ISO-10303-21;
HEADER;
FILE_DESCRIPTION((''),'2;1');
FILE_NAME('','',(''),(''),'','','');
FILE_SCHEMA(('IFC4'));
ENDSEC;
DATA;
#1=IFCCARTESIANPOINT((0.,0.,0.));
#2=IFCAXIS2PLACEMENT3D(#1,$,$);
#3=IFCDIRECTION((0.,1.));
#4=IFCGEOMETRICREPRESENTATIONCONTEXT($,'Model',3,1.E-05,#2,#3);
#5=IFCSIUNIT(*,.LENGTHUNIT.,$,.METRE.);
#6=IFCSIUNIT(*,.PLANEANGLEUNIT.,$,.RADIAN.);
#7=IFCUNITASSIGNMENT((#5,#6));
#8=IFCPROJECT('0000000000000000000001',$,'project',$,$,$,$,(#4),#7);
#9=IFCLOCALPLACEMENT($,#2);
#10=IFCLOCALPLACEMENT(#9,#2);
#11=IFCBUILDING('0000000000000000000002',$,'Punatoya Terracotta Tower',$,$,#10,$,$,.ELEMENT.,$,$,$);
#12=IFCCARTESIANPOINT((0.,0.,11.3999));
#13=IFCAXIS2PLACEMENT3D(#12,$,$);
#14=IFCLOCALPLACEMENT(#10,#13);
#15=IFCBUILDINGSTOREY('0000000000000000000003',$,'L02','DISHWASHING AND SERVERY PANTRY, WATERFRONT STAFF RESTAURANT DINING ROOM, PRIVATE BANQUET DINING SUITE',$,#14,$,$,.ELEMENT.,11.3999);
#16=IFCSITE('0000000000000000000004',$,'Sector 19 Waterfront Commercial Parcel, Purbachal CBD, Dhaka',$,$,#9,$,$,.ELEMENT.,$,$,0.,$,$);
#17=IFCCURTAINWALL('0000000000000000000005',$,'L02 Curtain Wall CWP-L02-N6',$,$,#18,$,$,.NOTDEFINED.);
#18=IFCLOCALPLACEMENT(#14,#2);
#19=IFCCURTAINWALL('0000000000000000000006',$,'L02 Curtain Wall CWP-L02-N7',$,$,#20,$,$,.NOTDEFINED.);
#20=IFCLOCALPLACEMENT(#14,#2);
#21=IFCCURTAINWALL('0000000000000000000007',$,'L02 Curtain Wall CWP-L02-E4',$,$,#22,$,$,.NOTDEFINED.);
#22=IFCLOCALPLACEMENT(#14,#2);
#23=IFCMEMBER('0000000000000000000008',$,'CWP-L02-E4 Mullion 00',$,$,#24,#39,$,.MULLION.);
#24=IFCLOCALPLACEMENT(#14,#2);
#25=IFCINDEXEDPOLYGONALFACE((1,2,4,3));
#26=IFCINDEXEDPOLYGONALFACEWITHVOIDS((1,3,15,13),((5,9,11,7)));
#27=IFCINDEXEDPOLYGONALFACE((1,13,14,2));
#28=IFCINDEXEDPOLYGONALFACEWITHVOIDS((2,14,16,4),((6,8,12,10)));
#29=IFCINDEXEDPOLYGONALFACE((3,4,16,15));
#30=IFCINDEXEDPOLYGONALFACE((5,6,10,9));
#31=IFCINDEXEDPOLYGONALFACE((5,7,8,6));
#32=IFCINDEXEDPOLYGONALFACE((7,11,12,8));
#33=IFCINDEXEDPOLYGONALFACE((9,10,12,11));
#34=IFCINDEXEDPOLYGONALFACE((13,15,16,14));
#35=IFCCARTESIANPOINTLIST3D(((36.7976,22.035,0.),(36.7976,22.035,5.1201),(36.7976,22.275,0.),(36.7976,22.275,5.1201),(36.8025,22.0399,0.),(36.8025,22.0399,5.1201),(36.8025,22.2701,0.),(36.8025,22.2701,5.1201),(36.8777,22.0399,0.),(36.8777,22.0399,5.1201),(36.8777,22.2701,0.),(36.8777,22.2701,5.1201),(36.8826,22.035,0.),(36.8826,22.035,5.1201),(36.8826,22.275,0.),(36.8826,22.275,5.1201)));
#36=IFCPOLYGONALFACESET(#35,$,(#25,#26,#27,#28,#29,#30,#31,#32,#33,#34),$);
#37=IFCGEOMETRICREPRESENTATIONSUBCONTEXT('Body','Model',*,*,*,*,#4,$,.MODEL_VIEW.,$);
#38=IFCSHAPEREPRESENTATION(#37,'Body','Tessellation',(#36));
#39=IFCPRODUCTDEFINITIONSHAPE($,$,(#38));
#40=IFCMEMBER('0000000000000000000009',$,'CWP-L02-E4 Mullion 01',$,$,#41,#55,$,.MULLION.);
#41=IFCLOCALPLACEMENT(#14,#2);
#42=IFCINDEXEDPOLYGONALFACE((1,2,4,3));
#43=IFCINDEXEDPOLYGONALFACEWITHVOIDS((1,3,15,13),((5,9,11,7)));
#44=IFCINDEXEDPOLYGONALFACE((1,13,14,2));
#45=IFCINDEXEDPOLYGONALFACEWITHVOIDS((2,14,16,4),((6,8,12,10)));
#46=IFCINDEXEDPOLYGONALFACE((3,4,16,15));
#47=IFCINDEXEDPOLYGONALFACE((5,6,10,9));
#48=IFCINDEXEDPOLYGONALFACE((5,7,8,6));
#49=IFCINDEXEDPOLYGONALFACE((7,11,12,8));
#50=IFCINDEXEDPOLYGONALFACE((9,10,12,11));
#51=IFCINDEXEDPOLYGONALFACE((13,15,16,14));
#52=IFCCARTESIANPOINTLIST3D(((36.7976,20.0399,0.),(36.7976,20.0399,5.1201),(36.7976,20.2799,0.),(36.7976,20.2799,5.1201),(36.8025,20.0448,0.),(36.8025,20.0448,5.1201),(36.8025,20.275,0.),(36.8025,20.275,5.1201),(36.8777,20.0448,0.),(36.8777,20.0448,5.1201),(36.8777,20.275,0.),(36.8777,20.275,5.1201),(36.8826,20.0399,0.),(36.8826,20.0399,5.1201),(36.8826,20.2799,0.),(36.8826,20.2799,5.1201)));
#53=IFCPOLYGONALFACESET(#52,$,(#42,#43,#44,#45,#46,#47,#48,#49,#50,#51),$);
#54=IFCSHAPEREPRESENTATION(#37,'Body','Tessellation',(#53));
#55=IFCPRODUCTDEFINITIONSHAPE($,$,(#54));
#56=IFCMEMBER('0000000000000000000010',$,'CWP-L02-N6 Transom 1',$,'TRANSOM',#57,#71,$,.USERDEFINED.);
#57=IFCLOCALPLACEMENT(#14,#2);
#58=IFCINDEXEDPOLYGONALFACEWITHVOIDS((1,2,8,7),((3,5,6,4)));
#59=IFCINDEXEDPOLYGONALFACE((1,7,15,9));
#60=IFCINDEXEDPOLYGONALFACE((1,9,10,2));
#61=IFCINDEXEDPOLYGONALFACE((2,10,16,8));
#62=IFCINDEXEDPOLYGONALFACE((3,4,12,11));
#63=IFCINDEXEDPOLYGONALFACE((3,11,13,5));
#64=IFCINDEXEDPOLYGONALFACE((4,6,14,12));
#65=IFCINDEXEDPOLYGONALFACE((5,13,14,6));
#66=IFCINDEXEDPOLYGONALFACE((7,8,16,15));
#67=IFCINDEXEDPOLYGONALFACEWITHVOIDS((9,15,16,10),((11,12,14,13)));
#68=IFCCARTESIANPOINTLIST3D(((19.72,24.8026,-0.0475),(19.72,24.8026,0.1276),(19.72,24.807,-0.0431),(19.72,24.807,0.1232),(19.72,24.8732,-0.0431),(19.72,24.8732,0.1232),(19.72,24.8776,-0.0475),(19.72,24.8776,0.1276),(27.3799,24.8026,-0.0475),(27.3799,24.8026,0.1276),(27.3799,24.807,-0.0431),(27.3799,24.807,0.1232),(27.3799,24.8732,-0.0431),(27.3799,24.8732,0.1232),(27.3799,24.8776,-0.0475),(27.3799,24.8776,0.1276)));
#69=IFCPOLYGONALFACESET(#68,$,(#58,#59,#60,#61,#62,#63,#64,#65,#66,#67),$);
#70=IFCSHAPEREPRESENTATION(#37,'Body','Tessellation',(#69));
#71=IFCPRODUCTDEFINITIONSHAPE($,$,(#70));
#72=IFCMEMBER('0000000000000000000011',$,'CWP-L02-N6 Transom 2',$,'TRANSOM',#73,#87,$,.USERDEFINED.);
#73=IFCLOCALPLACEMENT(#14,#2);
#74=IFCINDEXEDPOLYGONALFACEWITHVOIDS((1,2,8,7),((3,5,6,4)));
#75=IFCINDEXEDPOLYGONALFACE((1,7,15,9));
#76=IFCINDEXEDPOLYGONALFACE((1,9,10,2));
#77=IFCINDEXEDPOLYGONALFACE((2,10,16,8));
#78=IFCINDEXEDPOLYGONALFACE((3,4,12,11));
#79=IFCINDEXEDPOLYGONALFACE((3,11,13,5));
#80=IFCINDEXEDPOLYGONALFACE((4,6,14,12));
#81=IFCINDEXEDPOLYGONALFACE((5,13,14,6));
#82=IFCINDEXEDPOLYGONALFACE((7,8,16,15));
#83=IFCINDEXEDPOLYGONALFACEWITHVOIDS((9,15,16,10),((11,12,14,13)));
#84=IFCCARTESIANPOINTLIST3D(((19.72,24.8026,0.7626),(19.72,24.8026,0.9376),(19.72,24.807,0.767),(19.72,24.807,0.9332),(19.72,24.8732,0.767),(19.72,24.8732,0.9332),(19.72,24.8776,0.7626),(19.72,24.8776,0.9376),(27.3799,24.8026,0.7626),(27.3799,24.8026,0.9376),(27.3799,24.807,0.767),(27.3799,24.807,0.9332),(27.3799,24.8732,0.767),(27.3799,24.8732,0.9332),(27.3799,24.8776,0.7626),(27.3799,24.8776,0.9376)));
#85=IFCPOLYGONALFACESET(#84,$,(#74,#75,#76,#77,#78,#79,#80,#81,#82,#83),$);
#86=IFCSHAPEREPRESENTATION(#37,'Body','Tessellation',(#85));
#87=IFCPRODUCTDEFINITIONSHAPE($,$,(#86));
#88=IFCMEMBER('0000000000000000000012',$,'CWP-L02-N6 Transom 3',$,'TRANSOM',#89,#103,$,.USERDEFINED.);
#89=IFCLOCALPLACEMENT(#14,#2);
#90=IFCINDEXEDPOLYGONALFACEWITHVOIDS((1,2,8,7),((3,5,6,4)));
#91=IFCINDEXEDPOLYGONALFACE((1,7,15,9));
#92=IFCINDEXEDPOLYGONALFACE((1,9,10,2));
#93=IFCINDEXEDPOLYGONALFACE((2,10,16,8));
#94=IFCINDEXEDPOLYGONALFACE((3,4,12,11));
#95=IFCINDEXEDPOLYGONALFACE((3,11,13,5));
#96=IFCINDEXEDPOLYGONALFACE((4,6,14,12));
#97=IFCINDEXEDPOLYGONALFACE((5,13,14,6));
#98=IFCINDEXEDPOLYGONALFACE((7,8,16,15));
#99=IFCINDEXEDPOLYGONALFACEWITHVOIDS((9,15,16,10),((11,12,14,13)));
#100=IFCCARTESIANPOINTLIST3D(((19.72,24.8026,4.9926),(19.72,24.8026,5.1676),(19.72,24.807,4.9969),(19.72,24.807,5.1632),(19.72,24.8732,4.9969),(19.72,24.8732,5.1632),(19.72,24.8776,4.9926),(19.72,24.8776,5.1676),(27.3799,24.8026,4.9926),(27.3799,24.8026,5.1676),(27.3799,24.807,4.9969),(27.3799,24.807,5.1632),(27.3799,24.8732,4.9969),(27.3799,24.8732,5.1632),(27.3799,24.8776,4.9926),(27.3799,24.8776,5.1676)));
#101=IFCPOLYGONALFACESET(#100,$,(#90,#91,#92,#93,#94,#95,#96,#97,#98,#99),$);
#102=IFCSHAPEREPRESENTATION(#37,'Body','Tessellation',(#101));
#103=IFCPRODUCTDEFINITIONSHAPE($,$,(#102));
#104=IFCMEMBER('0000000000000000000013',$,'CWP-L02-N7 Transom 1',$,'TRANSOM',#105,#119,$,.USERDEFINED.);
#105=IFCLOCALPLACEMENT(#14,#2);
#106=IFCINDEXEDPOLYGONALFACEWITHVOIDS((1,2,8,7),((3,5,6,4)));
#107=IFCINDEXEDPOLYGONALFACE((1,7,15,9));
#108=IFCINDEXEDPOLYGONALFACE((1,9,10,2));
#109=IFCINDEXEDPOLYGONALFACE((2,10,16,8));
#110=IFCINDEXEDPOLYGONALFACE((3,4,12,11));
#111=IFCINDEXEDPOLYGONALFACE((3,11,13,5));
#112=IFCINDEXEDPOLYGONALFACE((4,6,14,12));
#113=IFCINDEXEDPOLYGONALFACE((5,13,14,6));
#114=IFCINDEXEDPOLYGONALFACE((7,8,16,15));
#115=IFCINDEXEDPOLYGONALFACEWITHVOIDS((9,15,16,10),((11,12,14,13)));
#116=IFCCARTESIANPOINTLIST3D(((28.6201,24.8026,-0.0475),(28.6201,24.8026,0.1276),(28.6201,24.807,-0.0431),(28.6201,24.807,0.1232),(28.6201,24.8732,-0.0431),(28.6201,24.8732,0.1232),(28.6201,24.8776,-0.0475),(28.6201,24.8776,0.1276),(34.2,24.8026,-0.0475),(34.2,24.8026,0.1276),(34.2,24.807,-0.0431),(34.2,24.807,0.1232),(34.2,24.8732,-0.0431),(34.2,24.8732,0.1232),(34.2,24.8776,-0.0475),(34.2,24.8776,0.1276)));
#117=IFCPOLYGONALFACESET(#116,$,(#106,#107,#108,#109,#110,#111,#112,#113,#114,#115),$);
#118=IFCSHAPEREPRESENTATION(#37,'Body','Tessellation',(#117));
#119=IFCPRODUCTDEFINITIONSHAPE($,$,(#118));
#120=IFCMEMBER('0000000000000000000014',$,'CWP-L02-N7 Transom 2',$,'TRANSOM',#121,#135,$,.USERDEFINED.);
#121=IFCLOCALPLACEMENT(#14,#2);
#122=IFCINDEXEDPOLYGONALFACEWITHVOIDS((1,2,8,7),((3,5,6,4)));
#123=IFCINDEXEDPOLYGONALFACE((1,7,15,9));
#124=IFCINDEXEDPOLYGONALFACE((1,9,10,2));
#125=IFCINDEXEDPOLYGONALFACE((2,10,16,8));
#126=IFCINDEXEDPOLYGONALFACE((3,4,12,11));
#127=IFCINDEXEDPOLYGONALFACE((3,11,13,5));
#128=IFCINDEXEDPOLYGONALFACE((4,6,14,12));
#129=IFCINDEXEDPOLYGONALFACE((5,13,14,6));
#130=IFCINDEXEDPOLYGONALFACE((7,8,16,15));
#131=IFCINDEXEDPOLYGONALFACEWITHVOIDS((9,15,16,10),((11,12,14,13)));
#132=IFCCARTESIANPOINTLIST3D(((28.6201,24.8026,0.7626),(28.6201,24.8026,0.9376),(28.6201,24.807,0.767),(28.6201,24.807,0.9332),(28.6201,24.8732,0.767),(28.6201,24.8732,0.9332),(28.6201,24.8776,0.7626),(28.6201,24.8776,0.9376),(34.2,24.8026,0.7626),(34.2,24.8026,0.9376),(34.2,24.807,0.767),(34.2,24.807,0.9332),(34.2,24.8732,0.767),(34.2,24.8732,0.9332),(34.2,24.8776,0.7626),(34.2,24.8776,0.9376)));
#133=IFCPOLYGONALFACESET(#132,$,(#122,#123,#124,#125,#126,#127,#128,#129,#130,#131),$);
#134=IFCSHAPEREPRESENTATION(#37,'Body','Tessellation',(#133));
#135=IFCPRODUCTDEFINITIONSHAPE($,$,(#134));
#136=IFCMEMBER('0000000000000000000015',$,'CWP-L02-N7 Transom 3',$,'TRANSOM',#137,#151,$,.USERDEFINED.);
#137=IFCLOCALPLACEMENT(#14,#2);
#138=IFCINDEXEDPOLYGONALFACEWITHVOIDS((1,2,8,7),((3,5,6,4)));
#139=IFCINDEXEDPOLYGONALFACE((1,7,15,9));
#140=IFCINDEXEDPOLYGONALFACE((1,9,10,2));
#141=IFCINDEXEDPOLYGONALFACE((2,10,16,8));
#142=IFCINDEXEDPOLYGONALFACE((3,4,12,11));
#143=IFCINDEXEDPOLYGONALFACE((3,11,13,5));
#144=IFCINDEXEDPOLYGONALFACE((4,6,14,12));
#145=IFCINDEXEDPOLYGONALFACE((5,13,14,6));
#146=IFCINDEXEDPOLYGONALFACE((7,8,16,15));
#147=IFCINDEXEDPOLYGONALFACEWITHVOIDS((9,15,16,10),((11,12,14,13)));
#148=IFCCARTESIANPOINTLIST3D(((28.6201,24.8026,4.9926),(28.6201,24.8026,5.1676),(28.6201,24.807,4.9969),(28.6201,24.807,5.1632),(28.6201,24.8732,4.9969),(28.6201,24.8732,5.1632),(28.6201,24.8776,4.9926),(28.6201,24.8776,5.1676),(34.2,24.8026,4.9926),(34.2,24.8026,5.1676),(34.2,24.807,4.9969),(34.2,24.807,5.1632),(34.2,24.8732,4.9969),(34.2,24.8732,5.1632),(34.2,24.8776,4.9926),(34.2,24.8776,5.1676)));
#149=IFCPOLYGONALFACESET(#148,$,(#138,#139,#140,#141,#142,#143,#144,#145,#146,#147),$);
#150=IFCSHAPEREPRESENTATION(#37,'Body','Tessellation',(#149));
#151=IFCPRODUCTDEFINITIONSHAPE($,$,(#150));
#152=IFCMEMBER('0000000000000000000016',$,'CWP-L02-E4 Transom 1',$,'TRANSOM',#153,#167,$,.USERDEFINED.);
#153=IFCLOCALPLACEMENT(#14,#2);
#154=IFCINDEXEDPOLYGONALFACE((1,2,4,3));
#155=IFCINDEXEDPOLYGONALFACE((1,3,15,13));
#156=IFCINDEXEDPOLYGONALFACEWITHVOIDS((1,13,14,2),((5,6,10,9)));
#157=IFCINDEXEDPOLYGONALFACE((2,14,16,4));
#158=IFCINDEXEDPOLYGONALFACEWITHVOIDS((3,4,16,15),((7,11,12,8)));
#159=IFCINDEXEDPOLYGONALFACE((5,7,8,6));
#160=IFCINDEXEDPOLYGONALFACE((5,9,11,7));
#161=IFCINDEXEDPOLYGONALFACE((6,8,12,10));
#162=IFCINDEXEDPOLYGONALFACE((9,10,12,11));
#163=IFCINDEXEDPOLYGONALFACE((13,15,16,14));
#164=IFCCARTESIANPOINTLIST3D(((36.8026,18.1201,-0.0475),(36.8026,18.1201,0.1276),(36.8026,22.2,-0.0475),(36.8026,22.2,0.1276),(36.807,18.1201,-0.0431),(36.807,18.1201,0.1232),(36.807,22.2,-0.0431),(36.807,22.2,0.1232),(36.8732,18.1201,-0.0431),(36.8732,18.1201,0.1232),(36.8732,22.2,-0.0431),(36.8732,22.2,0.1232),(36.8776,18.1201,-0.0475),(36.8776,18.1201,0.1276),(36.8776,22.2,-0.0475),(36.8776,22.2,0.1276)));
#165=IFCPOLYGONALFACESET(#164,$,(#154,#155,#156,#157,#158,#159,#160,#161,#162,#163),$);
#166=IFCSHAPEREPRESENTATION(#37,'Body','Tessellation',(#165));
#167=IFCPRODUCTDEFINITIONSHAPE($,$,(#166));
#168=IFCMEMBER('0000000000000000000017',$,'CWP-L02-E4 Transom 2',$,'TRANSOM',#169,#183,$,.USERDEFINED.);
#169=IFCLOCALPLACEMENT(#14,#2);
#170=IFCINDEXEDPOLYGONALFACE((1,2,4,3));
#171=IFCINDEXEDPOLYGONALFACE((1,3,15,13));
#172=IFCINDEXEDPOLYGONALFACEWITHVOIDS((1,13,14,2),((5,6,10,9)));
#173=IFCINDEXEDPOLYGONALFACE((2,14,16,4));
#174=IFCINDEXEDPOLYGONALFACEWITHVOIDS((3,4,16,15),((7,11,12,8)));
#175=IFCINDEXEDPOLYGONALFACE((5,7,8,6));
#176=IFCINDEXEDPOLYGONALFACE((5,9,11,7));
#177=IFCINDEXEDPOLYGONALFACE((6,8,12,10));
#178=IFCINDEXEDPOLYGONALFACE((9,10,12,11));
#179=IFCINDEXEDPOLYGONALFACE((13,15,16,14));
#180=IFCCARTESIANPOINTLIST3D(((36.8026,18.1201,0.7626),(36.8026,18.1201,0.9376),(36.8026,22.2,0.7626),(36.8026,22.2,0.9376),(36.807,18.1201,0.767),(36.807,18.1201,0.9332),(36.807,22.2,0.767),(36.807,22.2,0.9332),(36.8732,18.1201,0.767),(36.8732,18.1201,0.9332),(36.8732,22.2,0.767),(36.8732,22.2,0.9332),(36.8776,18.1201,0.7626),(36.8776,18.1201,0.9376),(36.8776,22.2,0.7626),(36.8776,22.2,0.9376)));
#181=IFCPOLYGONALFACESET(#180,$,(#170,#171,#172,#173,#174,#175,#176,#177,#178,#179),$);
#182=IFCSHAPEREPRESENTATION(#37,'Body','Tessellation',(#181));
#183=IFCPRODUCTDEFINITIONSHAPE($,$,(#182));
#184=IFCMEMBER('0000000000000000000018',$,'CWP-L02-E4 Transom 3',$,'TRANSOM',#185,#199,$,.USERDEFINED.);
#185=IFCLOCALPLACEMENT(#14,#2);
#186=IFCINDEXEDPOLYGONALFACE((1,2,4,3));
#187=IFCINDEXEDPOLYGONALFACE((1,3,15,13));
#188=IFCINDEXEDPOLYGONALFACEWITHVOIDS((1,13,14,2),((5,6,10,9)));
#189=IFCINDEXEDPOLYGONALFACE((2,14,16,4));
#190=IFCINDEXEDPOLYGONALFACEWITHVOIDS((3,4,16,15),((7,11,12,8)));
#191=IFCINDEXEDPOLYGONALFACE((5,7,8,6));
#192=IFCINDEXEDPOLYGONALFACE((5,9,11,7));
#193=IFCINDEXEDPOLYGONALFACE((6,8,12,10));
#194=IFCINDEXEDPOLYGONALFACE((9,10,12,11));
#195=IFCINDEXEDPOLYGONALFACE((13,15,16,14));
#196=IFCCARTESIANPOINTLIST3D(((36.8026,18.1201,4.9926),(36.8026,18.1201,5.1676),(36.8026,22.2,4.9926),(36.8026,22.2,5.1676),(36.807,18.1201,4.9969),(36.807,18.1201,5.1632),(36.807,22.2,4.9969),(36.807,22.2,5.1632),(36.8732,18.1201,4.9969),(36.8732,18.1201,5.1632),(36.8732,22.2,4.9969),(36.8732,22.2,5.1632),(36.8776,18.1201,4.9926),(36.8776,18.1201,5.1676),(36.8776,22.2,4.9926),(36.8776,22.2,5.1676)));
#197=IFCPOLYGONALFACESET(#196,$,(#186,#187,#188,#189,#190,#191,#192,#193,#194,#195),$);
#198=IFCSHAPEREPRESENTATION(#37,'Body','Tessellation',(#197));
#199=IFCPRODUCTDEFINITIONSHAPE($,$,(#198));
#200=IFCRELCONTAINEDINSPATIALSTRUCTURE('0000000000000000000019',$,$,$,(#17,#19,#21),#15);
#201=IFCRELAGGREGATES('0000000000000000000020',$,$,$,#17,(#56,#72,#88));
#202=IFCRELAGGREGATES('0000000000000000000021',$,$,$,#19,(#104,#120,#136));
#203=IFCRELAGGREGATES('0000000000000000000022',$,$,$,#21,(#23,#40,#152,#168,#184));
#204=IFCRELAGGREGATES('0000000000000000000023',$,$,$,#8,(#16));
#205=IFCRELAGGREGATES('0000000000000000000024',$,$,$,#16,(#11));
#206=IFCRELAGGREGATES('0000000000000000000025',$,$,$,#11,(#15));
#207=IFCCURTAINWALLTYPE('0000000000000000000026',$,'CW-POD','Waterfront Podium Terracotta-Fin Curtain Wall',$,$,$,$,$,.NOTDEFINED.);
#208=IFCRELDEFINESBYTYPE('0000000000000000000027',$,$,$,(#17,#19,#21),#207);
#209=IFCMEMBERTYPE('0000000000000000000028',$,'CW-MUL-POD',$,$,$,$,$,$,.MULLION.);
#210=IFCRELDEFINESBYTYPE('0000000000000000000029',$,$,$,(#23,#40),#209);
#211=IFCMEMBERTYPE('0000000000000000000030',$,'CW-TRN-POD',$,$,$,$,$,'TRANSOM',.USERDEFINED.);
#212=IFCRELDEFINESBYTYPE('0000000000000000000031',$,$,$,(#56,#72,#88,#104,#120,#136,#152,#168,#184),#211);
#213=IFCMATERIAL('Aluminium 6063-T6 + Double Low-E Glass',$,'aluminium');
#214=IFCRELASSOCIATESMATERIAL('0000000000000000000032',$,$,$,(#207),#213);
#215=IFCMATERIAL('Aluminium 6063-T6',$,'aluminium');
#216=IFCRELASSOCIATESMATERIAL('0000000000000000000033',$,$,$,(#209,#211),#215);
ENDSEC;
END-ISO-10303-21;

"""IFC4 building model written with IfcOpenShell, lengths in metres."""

from ifc_helpers import new_model, si_unit, direction, frame, origin, origin_2d, place, context, subcontext, project, spatial, hollow_rectangle, extrude, material, material_profile, profile_set, type_object, element, aggregate, save


model = new_model("IFC4")

# Units and contexts
model_context = context("Model", 3, precision=1e-05, world=origin(), true_north=direction((0.0, 1.0)))
body_context = subcontext(model_context, "Body", "Model", "MODEL_VIEW")
ifc_project = project(units=[si_unit("LENGTHUNIT", "METRE"), si_unit("PLANEANGLEUNIT", "RADIAN")], contexts=[model_context])

# Site, building, storey
site_placement = place(None, origin())
site = spatial("IfcSite", under=ifc_project, at=site_placement, Name="Sector 19 Waterfront Commercial Parcel, Purbachal CBD, Dhaka", CompositionType="ELEMENT", RefElevation=0.0)
building_placement = place(site_placement, origin())
building = spatial("IfcBuilding", under=site, at=building_placement, Name="Punatoya Terracotta Tower", CompositionType="ELEMENT")
storey_placement = place(building_placement, frame((0.0, 0.0, 11.3999)))
storey = spatial("IfcBuildingStorey", under=building, at=storey_placement, Name="L02", Description="DISHWASHING AND SERVERY PANTRY, WATERFRONT STAFF RESTAURANT DINING ROOM, PRIVATE BANQUET DINING SUITE", CompositionType="ELEMENT", Elevation=11.3999)

# Curtain walls, members
ifc_material_1 = material(Name="Aluminium 6063-T6 + Double Low-E Glass", Category="aluminium")
curtain_wall_type = type_object("IfcCurtainWallType", Name="CW-POD", Description="Waterfront Podium Terracotta-Fin Curtain Wall", PredefinedType="NOTDEFINED", material=ifc_material_1)
curtain_wall_1_placement = place(storey_placement, origin())
curtain_wall_1 = element("IfcCurtainWall", 1, at=curtain_wall_1_placement, inside=storey, type_object=curtain_wall_type, Name="L02 Curtain Wall CWP-L02-N6", PredefinedType="NOTDEFINED")
ifc_material_2 = material(Name="Aluminium 6063-T6", Category="aluminium")
ifc_material_profile_1 = material_profile(ifc_material_2, hollow_rectangle(XDim=0.085, YDim=0.24, WallThickness=0.0049, at=origin_2d()))
ifc_profile_set_1 = profile_set([ifc_material_profile_1], Name="Aluminium 6063-T6")
member_type_1 = type_object("IfcMemberType", Name="CW-MUL-POD", PredefinedType="MULLION", material=ifc_profile_set_1)
curtain_wall_2_placement = place(storey_placement, origin())
curtain_wall_2 = element("IfcCurtainWall", 2, at=curtain_wall_2_placement, inside=storey, type_object=curtain_wall_type, Name="L02 Curtain Wall CWP-L02-N7", PredefinedType="NOTDEFINED")
curtain_wall_3_placement = place(storey_placement, origin())
curtain_wall_3 = element("IfcCurtainWall", 3, at=curtain_wall_3_placement, inside=storey, type_object=curtain_wall_type, Name="L02 Curtain Wall CWP-L02-E4", PredefinedType="NOTDEFINED")
member_1_placement = place(storey_placement, frame((36.8401, 22.155, 0.0), z_axis=(0.0, 0.0, 1.0), x_axis=(1.0, 0.0, 0.0)))
member_1 = element("IfcMember", 4, at=member_1_placement, type_object=member_type_1, Name="CWP-L02-E4 Mullion 00", PredefinedType="MULLION", context=body_context, shape_type="SweptSolid", body=[
    extrude(hollow_rectangle(XDim=0.085, YDim=0.24, WallThickness=0.0049, at=origin_2d()), origin(), (0.0, 0.0, 1.0), 5.1201),
])
member_2_placement = place(storey_placement, frame((36.8401, 20.1599, 0.0), z_axis=(0.0, 0.0, 1.0), x_axis=(1.0, 0.0, 0.0)))
member_2 = element("IfcMember", 5, at=member_2_placement, type_object=member_type_1, Name="CWP-L02-E4 Mullion 01", PredefinedType="MULLION", context=body_context, shape_type="SweptSolid", body=[
    extrude(hollow_rectangle(XDim=0.085, YDim=0.24, WallThickness=0.0049, at=origin_2d()), origin(), (0.0, 0.0, 1.0), 5.1201),
])

# Members
ifc_material_profile_2 = material_profile(ifc_material_2, hollow_rectangle(XDim=0.075, YDim=0.175, WallThickness=0.0044, at=origin_2d()))
ifc_profile_set_2 = profile_set([ifc_material_profile_2], Name="Aluminium 6063-T6")
member_type_2 = type_object("IfcMemberType", Name="CW-TRN-POD", ElementType="TRANSOM", PredefinedType="USERDEFINED", material=ifc_profile_set_2)
member_3_placement = place(storey_placement, frame((27.3799, 24.8401, 0.04), z_axis=(-1.0, 0.0, 0.0), x_axis=(0.0, -1.0, 0.0)))
member_3 = element("IfcMember", 6, at=member_3_placement, type_object=member_type_2, Name="CWP-L02-N6 Transom 1", ObjectType="TRANSOM", PredefinedType="USERDEFINED", context=body_context, shape_type="SweptSolid", body=[
    extrude(hollow_rectangle(XDim=0.075, YDim=0.175, WallThickness=0.0044, at=origin_2d()), origin(), (0.0, 0.0, 1.0), 7.6599),
])
member_4_placement = place(storey_placement, frame((27.3799, 24.8401, 0.8501), z_axis=(-1.0, 0.0, 0.0), x_axis=(0.0, -1.0, 0.0)))
member_4 = element("IfcMember", 7, at=member_4_placement, type_object=member_type_2, Name="CWP-L02-N6 Transom 2", ObjectType="TRANSOM", PredefinedType="USERDEFINED", context=body_context, shape_type="SweptSolid", body=[
    extrude(hollow_rectangle(XDim=0.075, YDim=0.175, WallThickness=0.0044, at=origin_2d()), origin(), (0.0, 0.0, 1.0), 7.6599),
])
member_5_placement = place(storey_placement, frame((27.3799, 24.8401, 5.0801), z_axis=(-1.0, 0.0, 0.0), x_axis=(0.0, -1.0, 0.0)))
member_5 = element("IfcMember", 8, at=member_5_placement, type_object=member_type_2, Name="CWP-L02-N6 Transom 3", ObjectType="TRANSOM", PredefinedType="USERDEFINED", context=body_context, shape_type="SweptSolid", body=[
    extrude(hollow_rectangle(XDim=0.075, YDim=0.175, WallThickness=0.0044, at=origin_2d()), origin(), (0.0, 0.0, 1.0), 7.6599),
])
member_6_placement = place(storey_placement, frame((34.2, 24.8401, 0.04), z_axis=(-1.0, 0.0, 0.0), x_axis=(0.0, -1.0, 0.0)))
member_6 = element("IfcMember", 9, at=member_6_placement, type_object=member_type_2, Name="CWP-L02-N7 Transom 1", ObjectType="TRANSOM", PredefinedType="USERDEFINED", context=body_context, shape_type="SweptSolid", body=[
    extrude(hollow_rectangle(XDim=0.075, YDim=0.175, WallThickness=0.0044, at=origin_2d()), origin(), (0.0, 0.0, 1.0), 5.5798),
])
member_7_placement = place(storey_placement, frame((34.2, 24.8401, 0.8501), z_axis=(-1.0, 0.0, 0.0), x_axis=(0.0, -1.0, 0.0)))
member_7 = element("IfcMember", 10, at=member_7_placement, type_object=member_type_2, Name="CWP-L02-N7 Transom 2", ObjectType="TRANSOM", PredefinedType="USERDEFINED", context=body_context, shape_type="SweptSolid", body=[
    extrude(hollow_rectangle(XDim=0.075, YDim=0.175, WallThickness=0.0044, at=origin_2d()), origin(), (0.0, 0.0, 1.0), 5.5798),
])
member_8_placement = place(storey_placement, frame((34.2, 24.8401, 5.0801), z_axis=(-1.0, 0.0, 0.0), x_axis=(0.0, -1.0, 0.0)))
member_8 = element("IfcMember", 11, at=member_8_placement, type_object=member_type_2, Name="CWP-L02-N7 Transom 3", ObjectType="TRANSOM", PredefinedType="USERDEFINED", context=body_context, shape_type="SweptSolid", body=[
    extrude(hollow_rectangle(XDim=0.075, YDim=0.175, WallThickness=0.0044, at=origin_2d()), origin(), (0.0, 0.0, 1.0), 5.5798),
])
member_9_placement = place(storey_placement, frame((36.8401, 22.2, 0.04), z_axis=(0.0, -1.0, 0.0), x_axis=(1.0, 0.0, 0.0)))
member_9 = element("IfcMember", 12, at=member_9_placement, type_object=member_type_2, Name="CWP-L02-E4 Transom 1", ObjectType="TRANSOM", PredefinedType="USERDEFINED", context=body_context, shape_type="SweptSolid", body=[
    extrude(hollow_rectangle(XDim=0.075, YDim=0.175, WallThickness=0.0044, at=origin_2d()), origin(), (0.0, 0.0, 1.0), 4.0798),
])
member_10_placement = place(storey_placement, frame((36.8401, 22.2, 0.8501), z_axis=(0.0, -1.0, 0.0), x_axis=(1.0, 0.0, 0.0)))
member_10 = element("IfcMember", 13, at=member_10_placement, type_object=member_type_2, Name="CWP-L02-E4 Transom 2", ObjectType="TRANSOM", PredefinedType="USERDEFINED", context=body_context, shape_type="SweptSolid", body=[
    extrude(hollow_rectangle(XDim=0.075, YDim=0.175, WallThickness=0.0044, at=origin_2d()), origin(), (0.0, 0.0, 1.0), 4.0798),
])
member_11_placement = place(storey_placement, frame((36.8401, 22.2, 5.0801), z_axis=(0.0, -1.0, 0.0), x_axis=(1.0, 0.0, 0.0)))
member_11 = element("IfcMember", 14, at=member_11_placement, type_object=member_type_2, Name="CWP-L02-E4 Transom 3", ObjectType="TRANSOM", PredefinedType="USERDEFINED", context=body_context, shape_type="SweptSolid", body=[
    extrude(hollow_rectangle(XDim=0.075, YDim=0.175, WallThickness=0.0044, at=origin_2d()), origin(), (0.0, 0.0, 1.0), 4.0798),
])

aggregate(curtain_wall_1, [member_3, member_4, member_5])
aggregate(curtain_wall_2, [member_6, member_7, member_8])
aggregate(curtain_wall_3, [member_1, member_2, member_9, member_10, member_11])

save(model, "model.ifc")
